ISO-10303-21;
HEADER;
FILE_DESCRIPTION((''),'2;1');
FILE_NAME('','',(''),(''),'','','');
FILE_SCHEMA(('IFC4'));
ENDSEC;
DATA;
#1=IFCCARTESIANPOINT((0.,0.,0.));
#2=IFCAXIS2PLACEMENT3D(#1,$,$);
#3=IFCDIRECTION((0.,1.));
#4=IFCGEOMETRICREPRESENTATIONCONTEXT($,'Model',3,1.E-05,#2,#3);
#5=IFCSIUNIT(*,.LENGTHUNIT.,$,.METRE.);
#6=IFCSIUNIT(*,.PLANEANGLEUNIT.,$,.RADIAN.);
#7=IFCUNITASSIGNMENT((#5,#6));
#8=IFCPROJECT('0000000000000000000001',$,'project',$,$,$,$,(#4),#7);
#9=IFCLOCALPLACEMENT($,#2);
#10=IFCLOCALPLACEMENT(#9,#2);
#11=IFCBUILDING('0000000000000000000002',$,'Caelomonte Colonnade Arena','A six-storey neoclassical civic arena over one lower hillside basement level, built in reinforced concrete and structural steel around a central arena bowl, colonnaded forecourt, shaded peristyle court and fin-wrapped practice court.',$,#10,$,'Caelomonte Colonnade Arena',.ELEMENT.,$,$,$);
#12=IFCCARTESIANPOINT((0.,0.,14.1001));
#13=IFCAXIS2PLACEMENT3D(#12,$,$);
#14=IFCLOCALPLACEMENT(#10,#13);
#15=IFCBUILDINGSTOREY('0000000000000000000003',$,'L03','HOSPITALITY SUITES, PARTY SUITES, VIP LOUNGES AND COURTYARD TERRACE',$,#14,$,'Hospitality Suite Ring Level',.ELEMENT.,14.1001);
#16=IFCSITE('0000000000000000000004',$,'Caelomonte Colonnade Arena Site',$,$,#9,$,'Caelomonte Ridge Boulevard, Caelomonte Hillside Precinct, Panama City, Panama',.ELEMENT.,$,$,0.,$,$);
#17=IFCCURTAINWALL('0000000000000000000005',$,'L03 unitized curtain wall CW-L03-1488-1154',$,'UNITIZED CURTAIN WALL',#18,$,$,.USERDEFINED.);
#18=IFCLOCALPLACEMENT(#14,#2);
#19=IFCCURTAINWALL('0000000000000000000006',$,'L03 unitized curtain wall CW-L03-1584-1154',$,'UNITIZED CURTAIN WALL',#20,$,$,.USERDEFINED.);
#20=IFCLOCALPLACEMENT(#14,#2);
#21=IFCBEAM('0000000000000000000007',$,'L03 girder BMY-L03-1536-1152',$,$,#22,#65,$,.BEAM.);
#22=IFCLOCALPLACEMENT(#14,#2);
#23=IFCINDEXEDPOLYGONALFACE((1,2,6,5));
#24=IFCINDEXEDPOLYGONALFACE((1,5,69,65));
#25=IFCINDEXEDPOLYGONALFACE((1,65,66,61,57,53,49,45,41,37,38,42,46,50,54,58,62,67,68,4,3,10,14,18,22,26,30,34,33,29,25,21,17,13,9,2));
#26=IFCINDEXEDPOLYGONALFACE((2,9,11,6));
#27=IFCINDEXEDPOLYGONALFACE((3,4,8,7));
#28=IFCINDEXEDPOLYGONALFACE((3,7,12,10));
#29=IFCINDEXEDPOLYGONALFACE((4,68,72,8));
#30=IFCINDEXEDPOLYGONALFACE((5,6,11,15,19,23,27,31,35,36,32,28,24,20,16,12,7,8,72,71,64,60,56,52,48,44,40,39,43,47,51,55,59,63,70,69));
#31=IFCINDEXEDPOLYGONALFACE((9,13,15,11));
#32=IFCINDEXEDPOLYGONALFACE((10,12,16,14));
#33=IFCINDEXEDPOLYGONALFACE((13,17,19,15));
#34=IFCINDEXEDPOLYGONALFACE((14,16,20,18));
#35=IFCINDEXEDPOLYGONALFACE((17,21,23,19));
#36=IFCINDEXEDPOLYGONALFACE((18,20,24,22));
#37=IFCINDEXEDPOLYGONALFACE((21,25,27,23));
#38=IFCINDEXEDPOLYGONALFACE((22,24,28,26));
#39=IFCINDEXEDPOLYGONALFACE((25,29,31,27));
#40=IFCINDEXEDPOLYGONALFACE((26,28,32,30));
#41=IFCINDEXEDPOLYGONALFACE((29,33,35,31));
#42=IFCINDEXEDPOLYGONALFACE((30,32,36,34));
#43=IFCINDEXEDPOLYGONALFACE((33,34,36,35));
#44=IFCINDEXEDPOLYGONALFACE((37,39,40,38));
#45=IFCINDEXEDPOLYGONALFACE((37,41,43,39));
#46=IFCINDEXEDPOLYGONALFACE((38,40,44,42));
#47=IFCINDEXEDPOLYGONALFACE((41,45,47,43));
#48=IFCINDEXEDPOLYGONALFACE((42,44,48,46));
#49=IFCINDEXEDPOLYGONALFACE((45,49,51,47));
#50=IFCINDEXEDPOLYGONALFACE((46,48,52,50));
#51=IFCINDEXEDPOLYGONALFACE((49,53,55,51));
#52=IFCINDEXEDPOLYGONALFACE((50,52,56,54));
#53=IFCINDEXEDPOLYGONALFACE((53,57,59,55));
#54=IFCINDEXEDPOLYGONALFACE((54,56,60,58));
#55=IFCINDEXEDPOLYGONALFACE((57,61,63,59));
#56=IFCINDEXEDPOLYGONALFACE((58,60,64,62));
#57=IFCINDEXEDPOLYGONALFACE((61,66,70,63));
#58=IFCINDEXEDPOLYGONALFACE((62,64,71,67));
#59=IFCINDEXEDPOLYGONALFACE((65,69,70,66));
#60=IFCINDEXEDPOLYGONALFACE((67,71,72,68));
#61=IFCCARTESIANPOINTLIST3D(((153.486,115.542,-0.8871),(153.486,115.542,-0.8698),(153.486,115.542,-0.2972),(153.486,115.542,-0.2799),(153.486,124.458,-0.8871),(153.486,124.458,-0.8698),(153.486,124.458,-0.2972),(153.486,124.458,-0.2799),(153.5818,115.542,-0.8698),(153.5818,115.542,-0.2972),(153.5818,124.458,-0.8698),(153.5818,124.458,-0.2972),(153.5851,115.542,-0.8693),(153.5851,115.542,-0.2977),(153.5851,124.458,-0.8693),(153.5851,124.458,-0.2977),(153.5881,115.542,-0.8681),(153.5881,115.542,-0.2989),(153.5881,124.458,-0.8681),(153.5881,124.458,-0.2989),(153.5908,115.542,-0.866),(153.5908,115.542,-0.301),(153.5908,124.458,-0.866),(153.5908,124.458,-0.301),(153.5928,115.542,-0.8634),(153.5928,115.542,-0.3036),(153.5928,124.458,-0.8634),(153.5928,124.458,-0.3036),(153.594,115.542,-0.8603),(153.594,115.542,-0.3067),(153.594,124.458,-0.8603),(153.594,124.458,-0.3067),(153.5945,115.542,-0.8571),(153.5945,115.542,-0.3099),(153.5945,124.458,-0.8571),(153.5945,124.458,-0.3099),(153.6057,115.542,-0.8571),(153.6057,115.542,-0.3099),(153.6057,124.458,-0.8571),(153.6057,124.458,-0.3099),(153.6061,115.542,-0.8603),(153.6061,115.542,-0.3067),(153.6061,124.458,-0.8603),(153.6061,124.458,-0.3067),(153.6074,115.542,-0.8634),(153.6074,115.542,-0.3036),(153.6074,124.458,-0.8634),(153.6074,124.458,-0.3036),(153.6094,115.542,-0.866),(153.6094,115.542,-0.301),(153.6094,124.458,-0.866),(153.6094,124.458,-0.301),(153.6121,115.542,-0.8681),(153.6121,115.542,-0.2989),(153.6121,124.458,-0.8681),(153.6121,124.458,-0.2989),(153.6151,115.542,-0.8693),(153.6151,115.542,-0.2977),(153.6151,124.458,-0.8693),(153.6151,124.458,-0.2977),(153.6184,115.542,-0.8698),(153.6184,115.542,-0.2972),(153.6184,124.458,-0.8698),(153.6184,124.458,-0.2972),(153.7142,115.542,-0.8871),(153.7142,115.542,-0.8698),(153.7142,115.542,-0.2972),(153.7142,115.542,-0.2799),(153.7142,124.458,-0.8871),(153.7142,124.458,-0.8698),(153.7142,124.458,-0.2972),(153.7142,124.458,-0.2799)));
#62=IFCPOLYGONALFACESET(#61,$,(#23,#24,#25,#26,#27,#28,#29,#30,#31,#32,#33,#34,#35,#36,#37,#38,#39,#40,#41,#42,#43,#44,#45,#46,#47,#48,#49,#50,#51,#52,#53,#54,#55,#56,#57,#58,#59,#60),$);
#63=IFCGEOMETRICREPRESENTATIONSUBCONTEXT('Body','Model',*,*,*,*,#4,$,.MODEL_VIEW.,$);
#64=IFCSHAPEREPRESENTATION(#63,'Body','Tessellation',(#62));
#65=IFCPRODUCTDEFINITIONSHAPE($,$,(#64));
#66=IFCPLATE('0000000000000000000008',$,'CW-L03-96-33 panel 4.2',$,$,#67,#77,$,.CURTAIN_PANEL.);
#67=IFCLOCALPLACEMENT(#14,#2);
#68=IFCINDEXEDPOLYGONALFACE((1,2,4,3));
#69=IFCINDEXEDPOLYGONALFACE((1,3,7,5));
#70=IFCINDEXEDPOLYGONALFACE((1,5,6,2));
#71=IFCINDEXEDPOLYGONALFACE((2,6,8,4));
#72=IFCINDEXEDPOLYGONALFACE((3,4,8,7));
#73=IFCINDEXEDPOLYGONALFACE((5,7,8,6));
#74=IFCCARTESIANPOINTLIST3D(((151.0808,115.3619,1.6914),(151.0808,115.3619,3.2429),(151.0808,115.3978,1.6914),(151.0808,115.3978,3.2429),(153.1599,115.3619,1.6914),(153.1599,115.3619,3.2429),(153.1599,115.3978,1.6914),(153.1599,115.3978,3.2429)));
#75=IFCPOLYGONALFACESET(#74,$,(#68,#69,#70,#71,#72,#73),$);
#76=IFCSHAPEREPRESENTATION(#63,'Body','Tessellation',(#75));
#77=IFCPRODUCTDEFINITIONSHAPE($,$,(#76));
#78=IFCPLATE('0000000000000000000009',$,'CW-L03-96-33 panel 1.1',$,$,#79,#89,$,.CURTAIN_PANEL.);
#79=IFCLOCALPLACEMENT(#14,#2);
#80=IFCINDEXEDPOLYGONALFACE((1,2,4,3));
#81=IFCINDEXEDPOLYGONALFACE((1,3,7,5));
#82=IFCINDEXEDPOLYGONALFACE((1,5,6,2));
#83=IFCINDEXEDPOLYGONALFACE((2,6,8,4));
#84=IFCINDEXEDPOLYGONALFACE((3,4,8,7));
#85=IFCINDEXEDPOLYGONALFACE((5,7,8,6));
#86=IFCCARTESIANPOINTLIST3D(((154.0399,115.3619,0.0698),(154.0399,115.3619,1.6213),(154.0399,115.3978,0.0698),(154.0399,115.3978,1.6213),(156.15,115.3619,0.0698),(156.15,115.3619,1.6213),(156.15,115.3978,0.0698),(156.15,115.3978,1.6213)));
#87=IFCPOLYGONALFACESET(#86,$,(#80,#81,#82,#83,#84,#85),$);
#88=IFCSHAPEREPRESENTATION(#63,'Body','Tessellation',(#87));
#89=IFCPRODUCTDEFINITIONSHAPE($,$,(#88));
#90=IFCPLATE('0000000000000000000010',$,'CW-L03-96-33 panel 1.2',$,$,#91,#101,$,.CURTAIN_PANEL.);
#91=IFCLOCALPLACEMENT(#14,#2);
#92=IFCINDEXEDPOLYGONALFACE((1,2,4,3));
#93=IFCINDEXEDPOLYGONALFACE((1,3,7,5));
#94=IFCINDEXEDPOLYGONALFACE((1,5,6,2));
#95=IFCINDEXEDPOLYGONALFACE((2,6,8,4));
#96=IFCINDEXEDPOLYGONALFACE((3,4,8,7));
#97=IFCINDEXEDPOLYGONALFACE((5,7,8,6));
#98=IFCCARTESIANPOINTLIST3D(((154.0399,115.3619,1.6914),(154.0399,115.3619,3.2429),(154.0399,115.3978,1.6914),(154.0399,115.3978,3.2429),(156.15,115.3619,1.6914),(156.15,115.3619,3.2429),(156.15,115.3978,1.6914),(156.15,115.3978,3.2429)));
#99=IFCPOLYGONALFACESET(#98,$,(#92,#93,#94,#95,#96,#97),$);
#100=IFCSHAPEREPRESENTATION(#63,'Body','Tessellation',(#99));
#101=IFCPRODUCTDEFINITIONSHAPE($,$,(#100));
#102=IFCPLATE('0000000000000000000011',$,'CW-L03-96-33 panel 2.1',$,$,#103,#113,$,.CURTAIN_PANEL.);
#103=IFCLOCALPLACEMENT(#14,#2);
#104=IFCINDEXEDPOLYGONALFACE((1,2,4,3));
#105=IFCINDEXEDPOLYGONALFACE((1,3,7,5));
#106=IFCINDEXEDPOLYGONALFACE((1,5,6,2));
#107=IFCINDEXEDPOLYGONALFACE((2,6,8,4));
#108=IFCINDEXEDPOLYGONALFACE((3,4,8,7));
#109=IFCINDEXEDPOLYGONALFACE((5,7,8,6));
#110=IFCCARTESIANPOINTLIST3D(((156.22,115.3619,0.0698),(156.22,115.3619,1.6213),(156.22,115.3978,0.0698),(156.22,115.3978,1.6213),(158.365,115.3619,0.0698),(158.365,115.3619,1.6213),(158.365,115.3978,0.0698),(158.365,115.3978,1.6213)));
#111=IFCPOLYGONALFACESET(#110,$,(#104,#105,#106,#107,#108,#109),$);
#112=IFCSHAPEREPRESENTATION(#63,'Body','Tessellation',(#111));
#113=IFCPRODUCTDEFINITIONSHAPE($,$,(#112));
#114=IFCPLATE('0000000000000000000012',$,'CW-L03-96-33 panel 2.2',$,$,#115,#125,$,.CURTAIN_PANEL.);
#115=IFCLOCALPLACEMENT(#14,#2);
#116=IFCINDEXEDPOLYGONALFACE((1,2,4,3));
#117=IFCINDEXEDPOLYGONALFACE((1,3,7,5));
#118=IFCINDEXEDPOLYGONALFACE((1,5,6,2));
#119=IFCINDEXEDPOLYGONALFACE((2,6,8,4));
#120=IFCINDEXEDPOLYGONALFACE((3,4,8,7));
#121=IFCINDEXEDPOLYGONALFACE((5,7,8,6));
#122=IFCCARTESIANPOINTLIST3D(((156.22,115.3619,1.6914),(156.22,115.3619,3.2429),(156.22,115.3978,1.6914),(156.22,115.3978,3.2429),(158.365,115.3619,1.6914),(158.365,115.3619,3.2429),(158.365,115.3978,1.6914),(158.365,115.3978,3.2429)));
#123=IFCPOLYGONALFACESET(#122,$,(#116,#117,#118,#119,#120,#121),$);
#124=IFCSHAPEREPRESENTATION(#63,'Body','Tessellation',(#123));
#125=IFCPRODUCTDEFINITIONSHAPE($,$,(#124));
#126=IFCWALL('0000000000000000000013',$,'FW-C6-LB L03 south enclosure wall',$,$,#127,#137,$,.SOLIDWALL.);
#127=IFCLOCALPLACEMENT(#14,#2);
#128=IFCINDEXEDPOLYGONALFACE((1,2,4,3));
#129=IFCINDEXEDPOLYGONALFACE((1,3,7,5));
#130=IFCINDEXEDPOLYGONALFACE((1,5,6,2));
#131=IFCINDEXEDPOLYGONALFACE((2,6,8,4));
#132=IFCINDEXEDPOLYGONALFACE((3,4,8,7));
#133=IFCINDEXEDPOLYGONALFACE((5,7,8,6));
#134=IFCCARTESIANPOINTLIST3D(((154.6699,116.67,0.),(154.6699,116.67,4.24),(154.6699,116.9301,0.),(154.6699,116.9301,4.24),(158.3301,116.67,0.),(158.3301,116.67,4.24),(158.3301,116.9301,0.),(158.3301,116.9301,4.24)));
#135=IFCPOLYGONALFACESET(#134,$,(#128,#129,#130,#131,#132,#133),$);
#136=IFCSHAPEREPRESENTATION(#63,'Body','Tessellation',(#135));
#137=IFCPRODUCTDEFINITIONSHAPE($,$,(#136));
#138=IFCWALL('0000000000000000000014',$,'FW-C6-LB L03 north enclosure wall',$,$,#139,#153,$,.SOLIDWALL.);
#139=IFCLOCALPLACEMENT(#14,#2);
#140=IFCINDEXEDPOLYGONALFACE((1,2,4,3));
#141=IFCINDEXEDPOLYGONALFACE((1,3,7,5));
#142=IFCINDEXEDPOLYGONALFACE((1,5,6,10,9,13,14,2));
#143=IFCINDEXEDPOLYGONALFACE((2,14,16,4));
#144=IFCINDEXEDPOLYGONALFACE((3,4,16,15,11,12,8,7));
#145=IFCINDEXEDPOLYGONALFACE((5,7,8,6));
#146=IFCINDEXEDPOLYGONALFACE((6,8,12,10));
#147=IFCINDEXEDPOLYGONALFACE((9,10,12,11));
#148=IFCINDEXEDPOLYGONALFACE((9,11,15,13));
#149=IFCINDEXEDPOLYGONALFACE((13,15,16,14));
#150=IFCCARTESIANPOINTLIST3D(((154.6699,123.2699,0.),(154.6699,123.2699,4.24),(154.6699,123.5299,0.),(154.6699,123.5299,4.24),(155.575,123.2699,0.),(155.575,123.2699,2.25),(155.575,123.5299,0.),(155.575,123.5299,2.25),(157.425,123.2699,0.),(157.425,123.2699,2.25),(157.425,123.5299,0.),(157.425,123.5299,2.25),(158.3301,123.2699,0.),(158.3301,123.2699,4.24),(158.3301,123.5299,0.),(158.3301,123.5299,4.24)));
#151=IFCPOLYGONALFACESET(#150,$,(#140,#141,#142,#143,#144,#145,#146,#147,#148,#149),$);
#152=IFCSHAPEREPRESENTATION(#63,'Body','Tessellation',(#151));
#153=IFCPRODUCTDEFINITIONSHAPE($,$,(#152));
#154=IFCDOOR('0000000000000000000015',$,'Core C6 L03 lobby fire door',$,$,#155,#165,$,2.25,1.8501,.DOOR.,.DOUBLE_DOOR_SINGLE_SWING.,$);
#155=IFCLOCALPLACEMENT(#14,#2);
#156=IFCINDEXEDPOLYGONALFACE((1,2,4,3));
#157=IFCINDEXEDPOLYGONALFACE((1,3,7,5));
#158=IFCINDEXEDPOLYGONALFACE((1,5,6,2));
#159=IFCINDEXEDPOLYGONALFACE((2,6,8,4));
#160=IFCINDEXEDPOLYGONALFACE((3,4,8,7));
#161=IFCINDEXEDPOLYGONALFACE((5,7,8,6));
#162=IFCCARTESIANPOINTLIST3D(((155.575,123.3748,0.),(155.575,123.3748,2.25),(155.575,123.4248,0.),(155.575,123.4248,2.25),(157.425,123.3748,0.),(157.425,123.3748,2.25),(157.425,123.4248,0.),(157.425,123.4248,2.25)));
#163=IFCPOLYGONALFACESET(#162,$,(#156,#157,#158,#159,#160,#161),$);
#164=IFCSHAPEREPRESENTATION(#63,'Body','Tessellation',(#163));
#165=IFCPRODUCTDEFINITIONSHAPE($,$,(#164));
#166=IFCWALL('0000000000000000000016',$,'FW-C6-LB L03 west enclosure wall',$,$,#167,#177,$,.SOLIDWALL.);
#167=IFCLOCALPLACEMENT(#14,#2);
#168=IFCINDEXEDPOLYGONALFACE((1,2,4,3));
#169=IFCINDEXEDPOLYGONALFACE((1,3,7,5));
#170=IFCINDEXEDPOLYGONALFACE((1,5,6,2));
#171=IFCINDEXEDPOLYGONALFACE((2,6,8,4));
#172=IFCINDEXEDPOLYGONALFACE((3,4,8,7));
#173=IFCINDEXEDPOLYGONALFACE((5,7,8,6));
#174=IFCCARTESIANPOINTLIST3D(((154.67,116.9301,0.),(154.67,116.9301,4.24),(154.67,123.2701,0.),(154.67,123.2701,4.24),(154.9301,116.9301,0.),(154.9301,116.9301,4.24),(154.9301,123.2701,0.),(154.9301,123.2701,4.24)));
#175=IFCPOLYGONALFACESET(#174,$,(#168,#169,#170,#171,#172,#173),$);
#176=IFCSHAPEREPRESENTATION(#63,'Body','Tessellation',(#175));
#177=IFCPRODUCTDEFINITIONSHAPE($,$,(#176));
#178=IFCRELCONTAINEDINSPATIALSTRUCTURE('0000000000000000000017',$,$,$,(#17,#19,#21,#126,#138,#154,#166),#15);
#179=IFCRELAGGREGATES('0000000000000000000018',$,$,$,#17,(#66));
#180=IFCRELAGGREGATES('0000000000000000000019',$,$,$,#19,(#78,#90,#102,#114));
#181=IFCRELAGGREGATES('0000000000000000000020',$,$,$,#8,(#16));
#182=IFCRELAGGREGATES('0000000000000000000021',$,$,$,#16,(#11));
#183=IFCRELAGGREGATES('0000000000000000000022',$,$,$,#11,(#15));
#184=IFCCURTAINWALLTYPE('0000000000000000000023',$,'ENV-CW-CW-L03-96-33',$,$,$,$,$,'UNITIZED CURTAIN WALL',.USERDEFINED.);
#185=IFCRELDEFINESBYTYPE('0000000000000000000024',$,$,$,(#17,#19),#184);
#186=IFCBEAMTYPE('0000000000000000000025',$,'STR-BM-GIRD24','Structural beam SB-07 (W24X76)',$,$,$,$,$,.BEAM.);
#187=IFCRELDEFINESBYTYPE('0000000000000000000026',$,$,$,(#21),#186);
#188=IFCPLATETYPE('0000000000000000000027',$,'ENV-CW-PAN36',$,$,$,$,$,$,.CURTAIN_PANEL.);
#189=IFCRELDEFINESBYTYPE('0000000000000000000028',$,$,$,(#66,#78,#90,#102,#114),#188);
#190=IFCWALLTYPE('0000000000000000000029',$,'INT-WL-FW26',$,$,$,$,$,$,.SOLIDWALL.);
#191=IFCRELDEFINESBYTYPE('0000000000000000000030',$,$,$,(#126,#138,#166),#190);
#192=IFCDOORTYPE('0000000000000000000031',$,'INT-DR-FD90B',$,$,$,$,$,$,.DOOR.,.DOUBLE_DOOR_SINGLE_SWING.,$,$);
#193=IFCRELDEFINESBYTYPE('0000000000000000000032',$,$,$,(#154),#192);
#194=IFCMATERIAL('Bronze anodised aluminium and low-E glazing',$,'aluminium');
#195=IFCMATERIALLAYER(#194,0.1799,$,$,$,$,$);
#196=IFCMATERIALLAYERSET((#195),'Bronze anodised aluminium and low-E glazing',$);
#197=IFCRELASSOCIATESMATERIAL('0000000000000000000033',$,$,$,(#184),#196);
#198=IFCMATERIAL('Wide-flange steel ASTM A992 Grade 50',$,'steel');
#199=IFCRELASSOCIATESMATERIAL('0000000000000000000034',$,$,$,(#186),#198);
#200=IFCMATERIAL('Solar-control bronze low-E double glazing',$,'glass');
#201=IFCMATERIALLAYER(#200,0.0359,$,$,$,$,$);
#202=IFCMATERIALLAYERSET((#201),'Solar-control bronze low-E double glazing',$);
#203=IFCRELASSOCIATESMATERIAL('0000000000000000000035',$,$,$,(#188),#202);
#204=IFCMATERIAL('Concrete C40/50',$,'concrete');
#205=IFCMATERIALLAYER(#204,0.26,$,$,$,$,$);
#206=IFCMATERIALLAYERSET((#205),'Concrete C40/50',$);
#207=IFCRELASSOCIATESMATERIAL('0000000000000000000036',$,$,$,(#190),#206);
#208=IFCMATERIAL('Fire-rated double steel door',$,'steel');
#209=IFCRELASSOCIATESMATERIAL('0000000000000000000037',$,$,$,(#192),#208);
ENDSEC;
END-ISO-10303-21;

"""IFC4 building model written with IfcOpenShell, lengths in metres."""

from ifc_helpers import new_model, si_unit, direction, frame, frame_2d, origin, origin_2d, place, context, subcontext, project, spatial, rectangle, i_section, extrude, material, layer, layer_set, material_profile, profile_set, type_object, element, fill, aggregate, save


model = new_model("IFC4")

# Units and contexts
model_context = context("Model", 3, precision=1e-05, world=origin(), true_north=direction((0.0, 1.0)))
body_context = subcontext(model_context, "Body", "Model", "MODEL_VIEW")
ifc_project = project(units=[si_unit("LENGTHUNIT", "METRE"), si_unit("PLANEANGLEUNIT", "RADIAN")], contexts=[model_context])

# Site, building, storey
site_placement = place(None, origin())
site = spatial("IfcSite", under=ifc_project, at=site_placement, Name="Caelomonte Colonnade Arena Site", LongName="Caelomonte Ridge Boulevard, Caelomonte Hillside Precinct, Panama City, Panama", CompositionType="ELEMENT", RefElevation=0.0)
building_placement = place(site_placement, origin())
building = spatial("IfcBuilding", under=site, at=building_placement, Name="Caelomonte Colonnade Arena", Description="A six-storey neoclassical civic arena over one lower hillside basement level, built in reinforced concrete and structural steel around a central arena bowl, colonnaded forecourt, shaded peristyle court and fin-wrapped practice court.", LongName="Caelomonte Colonnade Arena", CompositionType="ELEMENT")
storey_placement = place(building_placement, frame((0.0, 0.0, 14.1001)))
storey = spatial("IfcBuildingStorey", under=building, at=storey_placement, Name="L03", Description="HOSPITALITY SUITES, PARTY SUITES, VIP LOUNGES AND COURTYARD TERRACE", LongName="Hospitality Suite Ring Level", CompositionType="ELEMENT", Elevation=14.1001)

# Shared definitions
ifc_material_1 = material(Name="Concrete C40/50", Category="concrete")

# Curtain wall
ifc_material_2 = material(Name="Bronze anodised aluminium and low-E glazing", Category="aluminium")
ifc_layer_1 = layer(ifc_material_2, 0.1799)
ifc_layer_set_1 = layer_set([ifc_layer_1], Name="Bronze anodised aluminium and low-E glazing")
curtain_wall_type = type_object("IfcCurtainWallType", Name="ENV-CW-CW-L03-96-33", ElementType="UNITIZED CURTAIN WALL", PredefinedType="USERDEFINED", material=ifc_layer_set_1)
curtain_wall_1_placement = place(storey_placement, origin())
curtain_wall_1 = element("IfcCurtainWall", 1, at=curtain_wall_1_placement, inside=storey, type_object=curtain_wall_type, Name="L03 unitized curtain wall CW-L03-1488-1154", ObjectType="UNITIZED CURTAIN WALL", PredefinedType="USERDEFINED")

# Curtain wall
curtain_wall_2_placement = place(storey_placement, origin())
curtain_wall_2 = element("IfcCurtainWall", 2, at=curtain_wall_2_placement, inside=storey, type_object=curtain_wall_type, Name="L03 unitized curtain wall CW-L03-1584-1154", ObjectType="UNITIZED CURTAIN WALL", PredefinedType="USERDEFINED")

# Beam
ifc_material_3 = material(Name="Wide-flange steel ASTM A992 Grade 50", Category="steel")
ifc_material_profile_1 = material_profile(ifc_material_3, i_section(OverallWidth=0.2283, OverallDepth=0.6072, WebThickness=0.0112, FlangeThickness=0.0173, FilletRadius=0.0127, at=origin_2d()), Name="W24X76")
ifc_profile_set_1 = profile_set([ifc_material_profile_1], Name="Wide-flange steel ASTM A992 Grade 50")
beam_type_1 = type_object("IfcBeamType", Name="STR-BM-GIRD24", Description="Structural beam SB-07 (W24X76)", PredefinedType="BEAM", material=ifc_profile_set_1)
beam_1_placement = place(storey_placement, frame((153.6001, 115.542, -0.5835), z_axis=(0.0, 1.0, 0.0), x_axis=(-1.0, 0.0, 0.0)))
element("IfcBeam", 3, at=beam_1_placement, inside=storey, type_object=beam_type_1, Name="L03 girder BMY-L03-1536-1152", PredefinedType="BEAM", context=body_context, shape_type="SweptSolid", body=[
    extrude(i_section(OverallWidth=0.2283, OverallDepth=0.6072, WebThickness=0.0112, FlangeThickness=0.0173, FilletRadius=0.0127, at=origin_2d()), origin(), (0.0, 0.0, 1.0), 8.916),
])

# Plates
ifc_material_4 = material(Name="Solar-control bronze low-E double glazing", Category="glass")
ifc_layer_2 = layer(ifc_material_4, 0.0359)
ifc_layer_set_2 = layer_set([ifc_layer_2], Name="Solar-control bronze low-E double glazing")
plate_type = type_object("IfcPlateType", Name="ENV-CW-PAN36", PredefinedType="CURTAIN_PANEL", material=ifc_layer_set_2)
plate_1_placement = place(storey_placement, frame((152.1204, 115.3799, 1.6914), z_axis=(0.0, 0.0, 1.0), x_axis=(1.0, 0.0, 0.0)))
plate_1 = element("IfcPlate", 4, at=plate_1_placement, type_object=plate_type, Name="CW-L03-96-33 panel 4.2", PredefinedType="CURTAIN_PANEL", context=body_context, shape_type="SweptSolid", body=[
    extrude(rectangle(XDim=2.0791, YDim=0.0359, at=origin_2d()), origin(), (0.0, 0.0, 1.0), 1.5515),
])
aggregate(curtain_wall_1, [plate_1])
plate_2_placement = place(storey_placement, frame((155.095, 115.3799, 0.0698), z_axis=(0.0, 0.0, 1.0), x_axis=(1.0, 0.0, 0.0)))
plate_2 = element("IfcPlate", 5, at=plate_2_placement, type_object=plate_type, Name="CW-L03-96-33 panel 1.1", PredefinedType="CURTAIN_PANEL", context=body_context, shape_type="SweptSolid", body=[
    extrude(rectangle(XDim=2.1101, YDim=0.0359, at=origin_2d()), origin(), (0.0, 0.0, 1.0), 1.5515),
])
plate_3_placement = place(storey_placement, frame((155.095, 115.3799, 1.6914), z_axis=(0.0, 0.0, 1.0), x_axis=(1.0, 0.0, 0.0)))
plate_3 = element("IfcPlate", 6, at=plate_3_placement, type_object=plate_type, Name="CW-L03-96-33 panel 1.2", PredefinedType="CURTAIN_PANEL", context=body_context, shape_type="SweptSolid", body=[
    extrude(rectangle(XDim=2.1101, YDim=0.0359, at=origin_2d()), origin(), (0.0, 0.0, 1.0), 1.5515),
])
plate_4_placement = place(storey_placement, frame((157.2925, 115.3799, 0.0698), z_axis=(0.0, 0.0, 1.0), x_axis=(1.0, 0.0, 0.0)))
plate_4 = element("IfcPlate", 7, at=plate_4_placement, type_object=plate_type, Name="CW-L03-96-33 panel 2.1", PredefinedType="CURTAIN_PANEL", context=body_context, shape_type="SweptSolid", body=[
    extrude(rectangle(XDim=2.145, YDim=0.0359, at=origin_2d()), origin(), (0.0, 0.0, 1.0), 1.5515),
])
plate_5_placement = place(storey_placement, frame((157.2925, 115.3799, 1.6914), z_axis=(0.0, 0.0, 1.0), x_axis=(1.0, 0.0, 0.0)))
plate_5 = element("IfcPlate", 8, at=plate_5_placement, type_object=plate_type, Name="CW-L03-96-33 panel 2.2", PredefinedType="CURTAIN_PANEL", context=body_context, shape_type="SweptSolid", body=[
    extrude(rectangle(XDim=2.145, YDim=0.0359, at=origin_2d()), origin(), (0.0, 0.0, 1.0), 1.5515),
])
aggregate(curtain_wall_2, [plate_2, plate_3, plate_4, plate_5])

# Wall
ifc_layer_3 = layer(ifc_material_1, 0.26)
ifc_layer_set_3 = layer_set([ifc_layer_3], Name="Concrete C40/50")
wall_type = type_object("IfcWallType", Name="INT-WL-FW26", PredefinedType="SOLIDWALL", material=ifc_layer_set_3)
wall_1_placement = place(storey_placement, frame((154.6699, 116.8, 0.0), z_axis=(0.0, 0.0, 1.0), x_axis=(1.0, 0.0, 0.0)))
element("IfcWall", 9, at=wall_1_placement, inside=storey, type_object=wall_type, Name="FW-C6-LB L03 south enclosure wall", PredefinedType="SOLIDWALL", context=body_context, shape_type="SweptSolid", body=[
    extrude(rectangle(XDim=3.6602, YDim=0.26, at=frame_2d((1.8301, 0.0))), origin(), (0.0, 0.0, 1.0), 4.24),
])

# Wall, opening, door
wall_2_placement = place(storey_placement, frame((158.3301, 123.3999, 0.0), z_axis=(0.0, 0.0, 1.0), x_axis=(-1.0, 0.0, 0.0)))
wall_2 = element("IfcWall", 10, at=wall_2_placement, inside=storey, type_object=wall_type, Name="FW-C6-LB L03 north enclosure wall", PredefinedType="SOLIDWALL", context=body_context, shape_type="SweptSolid", body=[
    extrude(rectangle(XDim=3.6602, YDim=0.26, at=frame_2d((1.8301, 0.0))), origin(), (0.0, 0.0, 1.0), 4.24),
])
opening_placement = place(wall_2_placement, frame((2.7551, 0.0, 0.0), z_axis=(0.0, 0.0, 1.0), x_axis=(-1.0, 0.0, 0.0)))
opening = element("IfcOpeningElement", 11, at=opening_placement, cuts=wall_2, PredefinedType="OPENING", context=body_context, shape_type="SweptSolid", body=[
    extrude(rectangle(XDim=1.8501, YDim=2.25, at=frame_2d((0.925, 1.125))), frame((0.0, 0.1399, 0.0), z_axis=(0.0, -1.0, 0.0), x_axis=(1.0, 0.0, 0.0)), (0.0, 0.0, 1.0), 0.28),
])
ifc_material_5 = material(Name="Fire-rated double steel door", Category="steel")
door_type = type_object("IfcDoorType", Name="INT-DR-FD90B", OperationType="DOUBLE_DOOR_SINGLE_SWING", PredefinedType="DOOR", material=ifc_material_5)
door_placement = place(opening_placement, origin())
door = element("IfcDoor", 12, at=door_placement, inside=storey, type_object=door_type, Name="Core C6 L03 lobby fire door", OperationType="DOUBLE_DOOR_SINGLE_SWING", OverallHeight=2.25, OverallWidth=1.8501, PredefinedType="DOOR", context=body_context, shape_type="SweptSolid", body=[
    extrude(rectangle(XDim=1.8501, YDim=2.25, at=frame_2d((0.925, 1.125))), frame((0.0, 0.0249, 0.0), z_axis=(0.0, -1.0, 0.0), x_axis=(1.0, 0.0, 0.0)), (0.0, 0.0, 1.0), 0.05),
])
fill(opening, door)

# Wall
wall_3_placement = place(storey_placement, frame((154.8, 123.27, 0.0), z_axis=(0.0, 0.0, 1.0), x_axis=(0.0, -1.0, 0.0)))
element("IfcWall", 13, at=wall_3_placement, inside=storey, type_object=wall_type, Name="FW-C6-LB L03 west enclosure wall", PredefinedType="SOLIDWALL", context=body_context, shape_type="SweptSolid", body=[
    extrude(rectangle(XDim=6.3401, YDim=0.26, at=frame_2d((3.1699, 0.0))), origin(), (0.0, 0.0, 1.0), 4.24),
])

save(model, "model.ifc")
